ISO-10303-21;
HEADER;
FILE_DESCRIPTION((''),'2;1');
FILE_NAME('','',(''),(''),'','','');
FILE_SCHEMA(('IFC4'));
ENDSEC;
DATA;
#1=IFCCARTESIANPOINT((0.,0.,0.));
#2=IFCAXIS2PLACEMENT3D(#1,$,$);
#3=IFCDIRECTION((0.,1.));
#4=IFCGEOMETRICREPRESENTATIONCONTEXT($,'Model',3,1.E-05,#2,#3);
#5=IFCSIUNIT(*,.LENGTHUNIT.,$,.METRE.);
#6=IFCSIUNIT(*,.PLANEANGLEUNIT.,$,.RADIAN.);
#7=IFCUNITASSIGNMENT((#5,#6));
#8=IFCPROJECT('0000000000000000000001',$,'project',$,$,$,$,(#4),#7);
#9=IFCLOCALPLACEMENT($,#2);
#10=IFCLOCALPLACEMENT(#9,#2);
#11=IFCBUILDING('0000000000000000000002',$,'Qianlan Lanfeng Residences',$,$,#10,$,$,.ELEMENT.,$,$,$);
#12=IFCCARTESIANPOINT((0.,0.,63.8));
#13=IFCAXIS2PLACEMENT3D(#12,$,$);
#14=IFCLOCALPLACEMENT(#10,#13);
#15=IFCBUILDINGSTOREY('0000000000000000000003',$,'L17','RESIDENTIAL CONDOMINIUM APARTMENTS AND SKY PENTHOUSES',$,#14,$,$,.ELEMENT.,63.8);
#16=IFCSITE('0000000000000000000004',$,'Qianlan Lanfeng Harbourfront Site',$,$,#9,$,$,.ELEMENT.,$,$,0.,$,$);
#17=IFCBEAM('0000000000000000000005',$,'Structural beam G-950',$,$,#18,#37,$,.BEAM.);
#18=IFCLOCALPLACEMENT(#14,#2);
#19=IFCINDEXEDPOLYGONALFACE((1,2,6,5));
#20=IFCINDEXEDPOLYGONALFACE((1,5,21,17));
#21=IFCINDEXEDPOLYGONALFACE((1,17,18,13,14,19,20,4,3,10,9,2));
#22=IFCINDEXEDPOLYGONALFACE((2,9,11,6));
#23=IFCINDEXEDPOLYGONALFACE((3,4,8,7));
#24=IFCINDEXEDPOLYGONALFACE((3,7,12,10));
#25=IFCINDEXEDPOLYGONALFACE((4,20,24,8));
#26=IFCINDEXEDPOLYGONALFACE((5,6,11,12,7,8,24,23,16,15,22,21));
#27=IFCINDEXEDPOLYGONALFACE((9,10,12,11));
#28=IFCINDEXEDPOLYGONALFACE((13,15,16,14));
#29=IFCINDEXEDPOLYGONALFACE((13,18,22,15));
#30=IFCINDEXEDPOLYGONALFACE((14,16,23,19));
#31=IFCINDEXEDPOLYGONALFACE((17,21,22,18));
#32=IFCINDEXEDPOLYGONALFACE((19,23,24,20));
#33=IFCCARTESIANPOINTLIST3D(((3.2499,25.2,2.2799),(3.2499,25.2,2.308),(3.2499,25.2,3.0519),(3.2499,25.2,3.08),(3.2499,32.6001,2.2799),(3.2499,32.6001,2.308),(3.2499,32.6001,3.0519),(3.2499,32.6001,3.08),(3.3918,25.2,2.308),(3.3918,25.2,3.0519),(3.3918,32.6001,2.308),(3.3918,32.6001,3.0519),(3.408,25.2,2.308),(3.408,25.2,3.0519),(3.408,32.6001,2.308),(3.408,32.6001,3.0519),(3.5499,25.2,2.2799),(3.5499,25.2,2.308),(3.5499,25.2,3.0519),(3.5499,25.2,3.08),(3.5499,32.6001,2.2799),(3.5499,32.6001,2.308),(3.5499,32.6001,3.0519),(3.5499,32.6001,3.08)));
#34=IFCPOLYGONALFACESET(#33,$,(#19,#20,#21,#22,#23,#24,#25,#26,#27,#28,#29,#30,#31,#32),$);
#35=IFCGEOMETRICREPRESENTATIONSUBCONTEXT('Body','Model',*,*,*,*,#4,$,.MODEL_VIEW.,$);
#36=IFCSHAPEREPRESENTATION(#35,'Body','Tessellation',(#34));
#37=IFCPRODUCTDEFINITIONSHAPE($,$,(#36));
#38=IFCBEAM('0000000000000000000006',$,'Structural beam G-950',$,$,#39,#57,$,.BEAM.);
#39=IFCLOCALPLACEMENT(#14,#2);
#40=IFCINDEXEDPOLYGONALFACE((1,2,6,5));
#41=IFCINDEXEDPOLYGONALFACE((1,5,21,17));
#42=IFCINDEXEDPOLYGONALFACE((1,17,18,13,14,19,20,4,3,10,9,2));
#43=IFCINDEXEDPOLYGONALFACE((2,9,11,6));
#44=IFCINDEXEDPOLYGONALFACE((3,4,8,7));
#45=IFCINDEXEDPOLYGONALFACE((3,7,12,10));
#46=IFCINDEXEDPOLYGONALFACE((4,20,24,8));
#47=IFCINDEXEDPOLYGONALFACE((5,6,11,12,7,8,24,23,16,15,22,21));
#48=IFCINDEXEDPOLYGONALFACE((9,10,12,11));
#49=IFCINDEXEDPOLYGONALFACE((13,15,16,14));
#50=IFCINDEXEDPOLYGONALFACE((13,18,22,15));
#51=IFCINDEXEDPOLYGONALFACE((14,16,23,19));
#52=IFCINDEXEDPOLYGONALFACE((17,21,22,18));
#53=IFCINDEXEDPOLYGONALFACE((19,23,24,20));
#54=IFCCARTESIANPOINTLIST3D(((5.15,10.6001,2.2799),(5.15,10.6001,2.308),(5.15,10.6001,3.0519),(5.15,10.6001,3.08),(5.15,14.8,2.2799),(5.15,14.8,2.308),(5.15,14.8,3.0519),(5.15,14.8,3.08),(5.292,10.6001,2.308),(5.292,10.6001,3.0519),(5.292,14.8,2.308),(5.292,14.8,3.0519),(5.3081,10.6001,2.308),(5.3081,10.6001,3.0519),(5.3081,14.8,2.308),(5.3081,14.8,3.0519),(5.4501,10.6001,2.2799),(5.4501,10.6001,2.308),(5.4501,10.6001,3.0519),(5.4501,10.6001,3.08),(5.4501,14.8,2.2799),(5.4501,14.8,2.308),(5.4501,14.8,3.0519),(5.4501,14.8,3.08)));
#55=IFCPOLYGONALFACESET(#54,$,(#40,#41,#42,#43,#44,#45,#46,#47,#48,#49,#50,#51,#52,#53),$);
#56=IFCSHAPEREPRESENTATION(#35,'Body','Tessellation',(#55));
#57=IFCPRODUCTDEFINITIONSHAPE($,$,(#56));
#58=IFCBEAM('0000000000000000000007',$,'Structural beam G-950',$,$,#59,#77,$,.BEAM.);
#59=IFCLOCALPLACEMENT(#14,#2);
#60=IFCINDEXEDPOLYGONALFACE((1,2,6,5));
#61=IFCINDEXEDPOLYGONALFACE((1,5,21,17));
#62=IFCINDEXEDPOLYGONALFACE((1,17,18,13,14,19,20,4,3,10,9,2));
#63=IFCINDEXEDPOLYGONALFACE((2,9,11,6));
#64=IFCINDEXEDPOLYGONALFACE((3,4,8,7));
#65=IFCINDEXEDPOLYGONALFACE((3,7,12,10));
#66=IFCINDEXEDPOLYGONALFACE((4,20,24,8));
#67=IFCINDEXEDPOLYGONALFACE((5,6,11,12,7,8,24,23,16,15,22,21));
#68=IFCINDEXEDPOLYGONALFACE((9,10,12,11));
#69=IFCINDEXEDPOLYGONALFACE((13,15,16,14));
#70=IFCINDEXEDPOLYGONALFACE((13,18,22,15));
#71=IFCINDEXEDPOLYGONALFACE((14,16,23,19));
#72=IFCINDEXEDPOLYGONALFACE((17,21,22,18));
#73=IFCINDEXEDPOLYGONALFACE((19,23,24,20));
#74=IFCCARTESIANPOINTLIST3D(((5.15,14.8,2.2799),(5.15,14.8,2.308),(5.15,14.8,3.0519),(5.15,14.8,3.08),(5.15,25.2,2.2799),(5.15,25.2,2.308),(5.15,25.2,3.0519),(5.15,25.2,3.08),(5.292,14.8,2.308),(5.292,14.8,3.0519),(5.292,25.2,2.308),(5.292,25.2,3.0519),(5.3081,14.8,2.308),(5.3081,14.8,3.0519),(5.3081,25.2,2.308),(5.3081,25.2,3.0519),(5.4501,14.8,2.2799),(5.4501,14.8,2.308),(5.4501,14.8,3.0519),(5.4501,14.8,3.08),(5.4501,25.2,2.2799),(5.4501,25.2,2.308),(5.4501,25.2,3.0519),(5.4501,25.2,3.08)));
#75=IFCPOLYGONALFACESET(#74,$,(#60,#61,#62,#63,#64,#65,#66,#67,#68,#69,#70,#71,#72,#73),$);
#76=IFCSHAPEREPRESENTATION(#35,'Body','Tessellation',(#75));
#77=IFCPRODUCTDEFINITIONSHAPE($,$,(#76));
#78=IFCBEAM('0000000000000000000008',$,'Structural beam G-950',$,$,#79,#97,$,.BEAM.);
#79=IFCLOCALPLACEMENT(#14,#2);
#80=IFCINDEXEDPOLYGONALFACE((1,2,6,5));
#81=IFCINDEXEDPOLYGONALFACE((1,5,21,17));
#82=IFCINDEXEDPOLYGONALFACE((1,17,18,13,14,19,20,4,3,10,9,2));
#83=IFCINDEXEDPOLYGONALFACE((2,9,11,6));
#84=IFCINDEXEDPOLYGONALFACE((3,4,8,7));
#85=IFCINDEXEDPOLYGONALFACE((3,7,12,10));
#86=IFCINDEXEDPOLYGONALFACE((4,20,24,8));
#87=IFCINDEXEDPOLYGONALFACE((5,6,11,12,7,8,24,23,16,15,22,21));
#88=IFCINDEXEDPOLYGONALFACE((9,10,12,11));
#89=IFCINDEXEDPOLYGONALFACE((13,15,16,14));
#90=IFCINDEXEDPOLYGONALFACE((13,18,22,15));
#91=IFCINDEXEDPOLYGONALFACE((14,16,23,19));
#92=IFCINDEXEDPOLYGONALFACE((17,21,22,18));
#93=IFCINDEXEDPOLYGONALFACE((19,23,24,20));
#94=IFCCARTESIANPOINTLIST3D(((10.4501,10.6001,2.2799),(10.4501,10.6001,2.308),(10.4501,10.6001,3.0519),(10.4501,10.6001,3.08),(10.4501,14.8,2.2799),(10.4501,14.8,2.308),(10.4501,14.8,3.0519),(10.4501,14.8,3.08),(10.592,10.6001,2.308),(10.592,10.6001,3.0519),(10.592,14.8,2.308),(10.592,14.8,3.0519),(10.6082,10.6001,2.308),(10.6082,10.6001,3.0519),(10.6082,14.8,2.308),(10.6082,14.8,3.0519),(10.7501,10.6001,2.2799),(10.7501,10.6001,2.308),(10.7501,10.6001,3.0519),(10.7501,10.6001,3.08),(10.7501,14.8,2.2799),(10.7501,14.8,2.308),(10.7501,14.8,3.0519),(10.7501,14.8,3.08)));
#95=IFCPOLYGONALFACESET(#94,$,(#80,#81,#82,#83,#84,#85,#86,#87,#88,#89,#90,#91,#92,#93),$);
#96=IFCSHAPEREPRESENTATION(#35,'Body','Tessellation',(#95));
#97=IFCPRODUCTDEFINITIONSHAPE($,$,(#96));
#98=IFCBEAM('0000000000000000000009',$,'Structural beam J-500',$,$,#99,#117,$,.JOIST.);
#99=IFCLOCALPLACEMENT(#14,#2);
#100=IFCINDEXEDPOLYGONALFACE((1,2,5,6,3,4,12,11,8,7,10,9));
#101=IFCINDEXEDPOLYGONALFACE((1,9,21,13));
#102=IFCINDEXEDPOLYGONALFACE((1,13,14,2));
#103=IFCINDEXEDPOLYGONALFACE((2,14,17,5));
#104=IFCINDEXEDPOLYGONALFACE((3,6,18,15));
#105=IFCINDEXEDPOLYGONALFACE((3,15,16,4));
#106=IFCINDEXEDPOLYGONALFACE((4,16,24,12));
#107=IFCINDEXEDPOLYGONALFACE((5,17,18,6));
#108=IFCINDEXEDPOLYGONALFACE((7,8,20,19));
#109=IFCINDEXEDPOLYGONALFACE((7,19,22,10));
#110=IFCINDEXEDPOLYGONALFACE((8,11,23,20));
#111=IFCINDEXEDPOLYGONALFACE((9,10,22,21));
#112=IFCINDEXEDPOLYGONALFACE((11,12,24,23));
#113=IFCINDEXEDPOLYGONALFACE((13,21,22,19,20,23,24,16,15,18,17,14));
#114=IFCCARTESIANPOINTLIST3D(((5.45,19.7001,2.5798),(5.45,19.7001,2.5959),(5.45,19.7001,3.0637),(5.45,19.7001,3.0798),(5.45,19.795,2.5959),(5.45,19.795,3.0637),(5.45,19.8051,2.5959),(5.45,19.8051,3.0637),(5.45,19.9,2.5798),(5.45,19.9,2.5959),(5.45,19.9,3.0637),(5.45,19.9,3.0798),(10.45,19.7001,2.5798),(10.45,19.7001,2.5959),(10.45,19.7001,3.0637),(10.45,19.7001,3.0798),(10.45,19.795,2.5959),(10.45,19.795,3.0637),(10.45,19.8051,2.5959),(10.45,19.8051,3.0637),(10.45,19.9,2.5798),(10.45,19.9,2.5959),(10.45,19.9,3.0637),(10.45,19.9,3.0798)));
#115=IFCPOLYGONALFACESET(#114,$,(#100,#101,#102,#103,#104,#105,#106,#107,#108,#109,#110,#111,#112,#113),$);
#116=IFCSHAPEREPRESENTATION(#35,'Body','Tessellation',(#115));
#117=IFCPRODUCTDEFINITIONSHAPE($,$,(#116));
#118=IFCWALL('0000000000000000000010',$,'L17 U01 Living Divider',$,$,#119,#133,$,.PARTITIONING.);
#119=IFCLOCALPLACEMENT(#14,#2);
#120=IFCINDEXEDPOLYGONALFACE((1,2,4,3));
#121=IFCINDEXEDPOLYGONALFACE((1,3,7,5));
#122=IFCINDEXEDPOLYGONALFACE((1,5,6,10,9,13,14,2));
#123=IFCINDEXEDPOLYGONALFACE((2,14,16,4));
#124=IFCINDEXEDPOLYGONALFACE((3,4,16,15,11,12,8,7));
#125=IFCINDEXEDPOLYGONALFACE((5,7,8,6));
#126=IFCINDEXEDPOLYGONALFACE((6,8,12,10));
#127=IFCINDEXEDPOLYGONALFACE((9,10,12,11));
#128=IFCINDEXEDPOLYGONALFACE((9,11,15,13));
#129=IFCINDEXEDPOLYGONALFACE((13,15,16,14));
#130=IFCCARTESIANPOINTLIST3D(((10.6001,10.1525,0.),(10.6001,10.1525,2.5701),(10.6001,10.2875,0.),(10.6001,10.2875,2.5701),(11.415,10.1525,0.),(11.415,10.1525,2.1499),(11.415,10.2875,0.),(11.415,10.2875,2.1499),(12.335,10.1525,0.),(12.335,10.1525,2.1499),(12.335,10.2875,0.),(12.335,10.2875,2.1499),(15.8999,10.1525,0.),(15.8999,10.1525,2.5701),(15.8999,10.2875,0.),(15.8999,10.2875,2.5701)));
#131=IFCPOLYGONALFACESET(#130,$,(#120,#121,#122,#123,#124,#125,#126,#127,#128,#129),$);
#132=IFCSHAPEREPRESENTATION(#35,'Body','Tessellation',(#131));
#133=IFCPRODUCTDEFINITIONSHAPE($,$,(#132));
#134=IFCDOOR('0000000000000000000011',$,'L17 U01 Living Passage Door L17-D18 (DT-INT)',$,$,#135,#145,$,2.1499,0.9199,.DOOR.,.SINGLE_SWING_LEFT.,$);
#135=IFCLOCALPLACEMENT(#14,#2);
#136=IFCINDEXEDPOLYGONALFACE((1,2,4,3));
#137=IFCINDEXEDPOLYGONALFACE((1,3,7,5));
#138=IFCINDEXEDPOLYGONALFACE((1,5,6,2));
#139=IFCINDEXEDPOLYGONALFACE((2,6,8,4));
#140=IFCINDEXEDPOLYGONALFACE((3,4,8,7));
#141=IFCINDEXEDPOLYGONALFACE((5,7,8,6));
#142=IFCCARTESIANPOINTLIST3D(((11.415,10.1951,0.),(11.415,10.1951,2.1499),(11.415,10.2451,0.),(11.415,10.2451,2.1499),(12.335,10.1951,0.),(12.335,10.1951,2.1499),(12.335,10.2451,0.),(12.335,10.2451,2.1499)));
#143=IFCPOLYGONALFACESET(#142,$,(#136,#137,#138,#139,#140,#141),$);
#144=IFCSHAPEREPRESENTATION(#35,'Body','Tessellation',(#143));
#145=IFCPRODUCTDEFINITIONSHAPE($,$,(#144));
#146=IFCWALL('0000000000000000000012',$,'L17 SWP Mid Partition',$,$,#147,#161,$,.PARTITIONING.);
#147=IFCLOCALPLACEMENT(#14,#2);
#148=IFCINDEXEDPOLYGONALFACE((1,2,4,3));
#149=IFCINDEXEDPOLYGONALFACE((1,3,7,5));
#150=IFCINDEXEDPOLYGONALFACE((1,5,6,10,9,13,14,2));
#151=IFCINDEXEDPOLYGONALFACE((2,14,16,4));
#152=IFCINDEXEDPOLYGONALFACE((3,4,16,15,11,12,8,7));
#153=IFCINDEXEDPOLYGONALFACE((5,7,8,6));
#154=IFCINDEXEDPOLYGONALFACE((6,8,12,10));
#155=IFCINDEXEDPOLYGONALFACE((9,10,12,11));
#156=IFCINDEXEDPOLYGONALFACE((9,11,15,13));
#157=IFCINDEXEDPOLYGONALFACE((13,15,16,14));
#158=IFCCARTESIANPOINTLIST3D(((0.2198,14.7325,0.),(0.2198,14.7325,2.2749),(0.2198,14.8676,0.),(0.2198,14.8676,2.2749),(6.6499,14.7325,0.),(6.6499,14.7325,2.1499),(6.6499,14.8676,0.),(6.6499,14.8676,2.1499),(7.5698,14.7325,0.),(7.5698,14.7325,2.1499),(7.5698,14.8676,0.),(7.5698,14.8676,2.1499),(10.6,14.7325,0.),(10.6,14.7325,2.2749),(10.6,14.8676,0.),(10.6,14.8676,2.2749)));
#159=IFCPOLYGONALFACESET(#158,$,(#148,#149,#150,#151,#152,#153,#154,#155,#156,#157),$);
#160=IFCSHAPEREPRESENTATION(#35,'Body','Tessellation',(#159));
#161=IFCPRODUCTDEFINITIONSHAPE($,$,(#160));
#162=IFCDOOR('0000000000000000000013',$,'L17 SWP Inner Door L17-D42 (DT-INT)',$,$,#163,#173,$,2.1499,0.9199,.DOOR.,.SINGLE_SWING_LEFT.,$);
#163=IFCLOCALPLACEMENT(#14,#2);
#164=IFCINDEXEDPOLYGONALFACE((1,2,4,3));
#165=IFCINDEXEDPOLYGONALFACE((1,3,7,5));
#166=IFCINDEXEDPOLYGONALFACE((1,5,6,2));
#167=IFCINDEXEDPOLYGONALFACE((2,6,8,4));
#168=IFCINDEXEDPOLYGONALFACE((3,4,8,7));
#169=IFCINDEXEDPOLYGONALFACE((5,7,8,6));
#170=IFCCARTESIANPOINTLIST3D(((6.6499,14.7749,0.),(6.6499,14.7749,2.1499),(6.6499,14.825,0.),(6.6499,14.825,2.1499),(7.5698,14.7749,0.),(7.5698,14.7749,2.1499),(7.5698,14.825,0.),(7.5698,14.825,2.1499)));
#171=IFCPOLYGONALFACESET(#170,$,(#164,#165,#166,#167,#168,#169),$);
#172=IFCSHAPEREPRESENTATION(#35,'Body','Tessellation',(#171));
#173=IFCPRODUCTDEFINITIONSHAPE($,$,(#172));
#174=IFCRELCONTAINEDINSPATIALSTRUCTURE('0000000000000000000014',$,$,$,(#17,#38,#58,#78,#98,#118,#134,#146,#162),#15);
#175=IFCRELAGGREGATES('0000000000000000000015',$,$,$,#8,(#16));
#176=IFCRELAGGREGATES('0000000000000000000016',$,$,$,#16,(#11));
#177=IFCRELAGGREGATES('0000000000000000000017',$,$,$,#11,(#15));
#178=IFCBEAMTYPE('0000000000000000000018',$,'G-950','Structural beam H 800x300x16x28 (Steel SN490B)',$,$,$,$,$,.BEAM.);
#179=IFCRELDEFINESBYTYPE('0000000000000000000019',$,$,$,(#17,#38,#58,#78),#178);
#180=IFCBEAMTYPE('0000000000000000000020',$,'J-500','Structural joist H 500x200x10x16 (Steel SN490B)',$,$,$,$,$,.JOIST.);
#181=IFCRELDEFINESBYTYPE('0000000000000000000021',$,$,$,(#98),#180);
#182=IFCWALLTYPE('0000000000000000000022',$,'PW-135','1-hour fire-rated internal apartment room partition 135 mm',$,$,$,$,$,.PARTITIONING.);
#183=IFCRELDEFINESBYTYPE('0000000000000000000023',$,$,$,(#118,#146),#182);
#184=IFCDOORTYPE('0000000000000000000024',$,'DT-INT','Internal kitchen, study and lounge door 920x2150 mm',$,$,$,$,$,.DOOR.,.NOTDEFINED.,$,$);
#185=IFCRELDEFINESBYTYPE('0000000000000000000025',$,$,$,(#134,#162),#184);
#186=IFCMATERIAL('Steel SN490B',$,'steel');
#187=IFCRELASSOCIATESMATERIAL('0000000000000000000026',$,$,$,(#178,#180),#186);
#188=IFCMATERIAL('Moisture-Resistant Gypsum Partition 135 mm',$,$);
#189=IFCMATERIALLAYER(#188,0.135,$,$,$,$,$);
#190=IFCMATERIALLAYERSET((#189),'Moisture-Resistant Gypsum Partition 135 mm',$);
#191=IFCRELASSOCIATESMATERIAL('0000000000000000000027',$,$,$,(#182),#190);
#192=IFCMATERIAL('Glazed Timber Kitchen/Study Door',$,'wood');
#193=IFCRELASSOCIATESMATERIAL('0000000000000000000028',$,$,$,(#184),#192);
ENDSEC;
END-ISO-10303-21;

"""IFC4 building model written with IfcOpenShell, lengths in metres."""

from ifc_helpers import new_model, si_unit, direction, frame, frame_2d, origin, origin_2d, place, context, subcontext, project, spatial, rectangle, i_section, extrude, material, layer, layer_set, material_profile, profile_set, type_object, element, fill, save


model = new_model("IFC4")

# Units and contexts
model_context = context("Model", 3, precision=1e-05, world=origin(), true_north=direction((0.0, 1.0)))
body_context = subcontext(model_context, "Body", "Model", "MODEL_VIEW")
ifc_project = project(units=[si_unit("LENGTHUNIT", "METRE"), si_unit("PLANEANGLEUNIT", "RADIAN")], contexts=[model_context])

# Site, building, storey
site_placement = place(None, origin())
site = spatial("IfcSite", under=ifc_project, at=site_placement, Name="Qianlan Lanfeng Harbourfront Site", CompositionType="ELEMENT", RefElevation=0.0)
building_placement = place(site_placement, origin())
building = spatial("IfcBuilding", under=site, at=building_placement, Name="Qianlan Lanfeng Residences", CompositionType="ELEMENT")
storey_placement = place(building_placement, frame((0.0, 0.0, 63.8)))
storey = spatial("IfcBuildingStorey", under=building, at=storey_placement, Name="L17", Description="RESIDENTIAL CONDOMINIUM APARTMENTS AND SKY PENTHOUSES", CompositionType="ELEMENT", Elevation=63.8)

# Shared definitions
ifc_material_1 = material(Name="Steel SN490B", Category="steel")

# Beams
ifc_material_profile_1 = material_profile(ifc_material_1, i_section(OverallWidth=0.3, OverallDepth=0.8, WebThickness=0.0161, FlangeThickness=0.0281, at=origin_2d()), Name="H 800x300x16x28")
ifc_profile_set_1 = profile_set([ifc_material_profile_1], Name="Steel SN490B")
beam_type_1 = type_object("IfcBeamType", Name="G-950", Description="Structural beam H 800x300x16x28 (Steel SN490B)", PredefinedType="BEAM", material=ifc_profile_set_1)
beam_1_placement = place(storey_placement, frame((3.3999, 25.2, 2.6799), z_axis=(0.0, 1.0, 0.0), x_axis=(-1.0, 0.0, 0.0)))
element("IfcBeam", 1, at=beam_1_placement, inside=storey, type_object=beam_type_1, Name="Structural beam G-950", PredefinedType="BEAM", context=body_context, shape_type="SweptSolid", body=[
    extrude(i_section(OverallWidth=0.3, OverallDepth=0.8, WebThickness=0.0161, FlangeThickness=0.0281, at=origin_2d()), origin(), (0.0, 0.0, 1.0), 7.4001),
])
beam_2_placement = place(storey_placement, frame((5.3, 10.6001, 2.6799), z_axis=(0.0, 1.0, 0.0), x_axis=(-1.0, 0.0, 0.0)))
element("IfcBeam", 2, at=beam_2_placement, inside=storey, type_object=beam_type_1, Name="Structural beam G-950", PredefinedType="BEAM", context=body_context, shape_type="SweptSolid", body=[
    extrude(i_section(OverallWidth=0.3, OverallDepth=0.8, WebThickness=0.0161, FlangeThickness=0.0281, at=origin_2d()), origin(), (0.0, 0.0, 1.0), 4.2),
])
beam_3_placement = place(storey_placement, frame((5.3, 14.8, 2.6799), z_axis=(0.0, 1.0, 0.0), x_axis=(-1.0, 0.0, 0.0)))
element("IfcBeam", 3, at=beam_3_placement, inside=storey, type_object=beam_type_1, Name="Structural beam G-950", PredefinedType="BEAM", context=body_context, shape_type="SweptSolid", body=[
    extrude(i_section(OverallWidth=0.3, OverallDepth=0.8, WebThickness=0.0161, FlangeThickness=0.0281, at=origin_2d()), origin(), (0.0, 0.0, 1.0), 10.3999),
])
beam_4_placement = place(storey_placement, frame((10.6001, 10.6001, 2.6799), z_axis=(0.0, 1.0, 0.0), x_axis=(-1.0, 0.0, 0.0)))
element("IfcBeam", 4, at=beam_4_placement, inside=storey, type_object=beam_type_1, Name="Structural beam G-950", PredefinedType="BEAM", context=body_context, shape_type="SweptSolid", body=[
    extrude(i_section(OverallWidth=0.3, OverallDepth=0.8, WebThickness=0.0161, FlangeThickness=0.0281, at=origin_2d()), origin(), (0.0, 0.0, 1.0), 4.2),
])
ifc_material_profile_2 = material_profile(ifc_material_1, i_section(OverallWidth=0.2, OverallDepth=0.5, WebThickness=0.01, FlangeThickness=0.0161, at=origin_2d()), Name="H 500x200x10x16")
ifc_profile_set_2 = profile_set([ifc_material_profile_2], Name="Steel SN490B")
beam_type_2 = type_object("IfcBeamType", Name="J-500", Description="Structural joist H 500x200x10x16 (Steel SN490B)", PredefinedType="JOIST", material=ifc_profile_set_2)
beam_5_placement = place(storey_placement, frame((5.45, 19.8, 2.8298), z_axis=(1.0, 0.0, 0.0), x_axis=(0.0, 1.0, 0.0)))
element("IfcBeam", 5, at=beam_5_placement, inside=storey, type_object=beam_type_2, Name="Structural beam J-500", PredefinedType="JOIST", context=body_context, shape_type="SweptSolid", body=[
    extrude(i_section(OverallWidth=0.2, OverallDepth=0.5, WebThickness=0.01, FlangeThickness=0.0161, at=origin_2d()), origin(), (0.0, 0.0, 1.0), 5.0),
])

# Walls, openings, doors
ifc_material_2 = material(Name="Moisture-Resistant Gypsum Partition 135 mm")
ifc_layer_1 = layer(ifc_material_2, 0.135)
ifc_layer_set_1 = layer_set([ifc_layer_1], Name="Moisture-Resistant Gypsum Partition 135 mm")
wall_type_1 = type_object("IfcWallType", Name="PW-135", Description="1-hour fire-rated internal apartment room partition 135 mm", PredefinedType="PARTITIONING", material=ifc_layer_set_1)
wall_1_placement = place(storey_placement, frame((10.6001, 10.22, 0.0), z_axis=(0.0, 0.0, 1.0), x_axis=(1.0, 0.0, 0.0)))
wall_1 = element("IfcWall", 6, at=wall_1_placement, inside=storey, type_object=wall_type_1, Name="L17 U01 Living Divider", PredefinedType="PARTITIONING", context=body_context, shape_type="SweptSolid", body=[
    extrude(rectangle(XDim=5.2998, YDim=0.135, at=frame_2d((2.6499, 0.0))), origin(), (0.0, 0.0, 1.0), 2.5701),
])
opening_1_placement = place(wall_1_placement, frame((0.8149, 0.0, 0.0)))
opening_1 = element("IfcOpeningElement", 7, at=opening_1_placement, cuts=wall_1, PredefinedType="OPENING", context=body_context, shape_type="SweptSolid", body=[
    extrude(rectangle(XDim=0.9199, YDim=2.1499, at=frame_2d((0.46, 1.075))), frame((0.0, 0.0776, 0.0), z_axis=(0.0, -1.0, 0.0), x_axis=(1.0, 0.0, 0.0)), (0.0, 0.0, 1.0), 0.155),
])
ifc_material_3 = material(Name="Glazed Timber Kitchen/Study Door", Category="wood")
door_type_1 = type_object("IfcDoorType", Name="DT-INT", Description="Internal kitchen, study and lounge door 920x2150 mm", OperationType="NOTDEFINED", PredefinedType="DOOR", material=ifc_material_3)
door_1_placement = place(opening_1_placement, frame((0.9199, 0.0, 0.0), z_axis=(0.0, 0.0, 1.0), x_axis=(-1.0, 0.0, 0.0)))
door_1 = element("IfcDoor", 8, at=door_1_placement, inside=storey, type_object=door_type_1, Name="L17 U01 Living Passage Door L17-D18 (DT-INT)", OperationType="SINGLE_SWING_LEFT", OverallHeight=2.1499, OverallWidth=0.9199, PredefinedType="DOOR", context=body_context, shape_type="SweptSolid", body=[
    extrude(rectangle(XDim=0.9199, YDim=2.1499, at=frame_2d((0.46, 1.075))), frame((0.0, 0.0249, 0.0), z_axis=(0.0, -1.0, 0.0), x_axis=(1.0, 0.0, 0.0)), (0.0, 0.0, 1.0), 0.05),
])
fill(opening_1, door_1)
wall_2_placement = place(storey_placement, frame((0.22, 14.8, 0.0), z_axis=(0.0, 0.0, 1.0), x_axis=(1.0, 0.0, 0.0)))
wall_2 = element("IfcWall", 9, at=wall_2_placement, inside=storey, type_object=wall_type_1, Name="L17 SWP Mid Partition", PredefinedType="PARTITIONING", context=body_context, shape_type="SweptSolid", body=[
    extrude(rectangle(XDim=10.3801, YDim=0.135, at=frame_2d((5.1899, 0.0))), origin(), (0.0, 0.0, 1.0), 2.2749),
])
opening_2_placement = place(wall_2_placement, frame((6.4299, 0.0, 0.0)))
opening_2 = element("IfcOpeningElement", 10, at=opening_2_placement, cuts=wall_2, PredefinedType="OPENING", context=body_context, shape_type="SweptSolid", body=[
    extrude(rectangle(XDim=0.9199, YDim=2.1499, at=frame_2d((0.46, 1.075))), frame((0.0, 0.0776, 0.0), z_axis=(0.0, -1.0, 0.0), x_axis=(1.0, 0.0, 0.0)), (0.0, 0.0, 1.0), 0.155),
])
door_2_placement = place(opening_2_placement, origin())
door_2 = element("IfcDoor", 11, at=door_2_placement, inside=storey, type_object=door_type_1, Name="L17 SWP Inner Door L17-D42 (DT-INT)", OperationType="SINGLE_SWING_LEFT", OverallHeight=2.1499, OverallWidth=0.9199, PredefinedType="DOOR", context=body_context, shape_type="SweptSolid", body=[
    extrude(rectangle(XDim=0.9199, YDim=2.1499, at=frame_2d((0.46, 1.075))), frame((0.0, 0.0249, 0.0), z_axis=(0.0, -1.0, 0.0), x_axis=(1.0, 0.0, 0.0)), (0.0, 0.0, 1.0), 0.05),
])
fill(opening_2, door_2)

save(model, "model.ifc")
